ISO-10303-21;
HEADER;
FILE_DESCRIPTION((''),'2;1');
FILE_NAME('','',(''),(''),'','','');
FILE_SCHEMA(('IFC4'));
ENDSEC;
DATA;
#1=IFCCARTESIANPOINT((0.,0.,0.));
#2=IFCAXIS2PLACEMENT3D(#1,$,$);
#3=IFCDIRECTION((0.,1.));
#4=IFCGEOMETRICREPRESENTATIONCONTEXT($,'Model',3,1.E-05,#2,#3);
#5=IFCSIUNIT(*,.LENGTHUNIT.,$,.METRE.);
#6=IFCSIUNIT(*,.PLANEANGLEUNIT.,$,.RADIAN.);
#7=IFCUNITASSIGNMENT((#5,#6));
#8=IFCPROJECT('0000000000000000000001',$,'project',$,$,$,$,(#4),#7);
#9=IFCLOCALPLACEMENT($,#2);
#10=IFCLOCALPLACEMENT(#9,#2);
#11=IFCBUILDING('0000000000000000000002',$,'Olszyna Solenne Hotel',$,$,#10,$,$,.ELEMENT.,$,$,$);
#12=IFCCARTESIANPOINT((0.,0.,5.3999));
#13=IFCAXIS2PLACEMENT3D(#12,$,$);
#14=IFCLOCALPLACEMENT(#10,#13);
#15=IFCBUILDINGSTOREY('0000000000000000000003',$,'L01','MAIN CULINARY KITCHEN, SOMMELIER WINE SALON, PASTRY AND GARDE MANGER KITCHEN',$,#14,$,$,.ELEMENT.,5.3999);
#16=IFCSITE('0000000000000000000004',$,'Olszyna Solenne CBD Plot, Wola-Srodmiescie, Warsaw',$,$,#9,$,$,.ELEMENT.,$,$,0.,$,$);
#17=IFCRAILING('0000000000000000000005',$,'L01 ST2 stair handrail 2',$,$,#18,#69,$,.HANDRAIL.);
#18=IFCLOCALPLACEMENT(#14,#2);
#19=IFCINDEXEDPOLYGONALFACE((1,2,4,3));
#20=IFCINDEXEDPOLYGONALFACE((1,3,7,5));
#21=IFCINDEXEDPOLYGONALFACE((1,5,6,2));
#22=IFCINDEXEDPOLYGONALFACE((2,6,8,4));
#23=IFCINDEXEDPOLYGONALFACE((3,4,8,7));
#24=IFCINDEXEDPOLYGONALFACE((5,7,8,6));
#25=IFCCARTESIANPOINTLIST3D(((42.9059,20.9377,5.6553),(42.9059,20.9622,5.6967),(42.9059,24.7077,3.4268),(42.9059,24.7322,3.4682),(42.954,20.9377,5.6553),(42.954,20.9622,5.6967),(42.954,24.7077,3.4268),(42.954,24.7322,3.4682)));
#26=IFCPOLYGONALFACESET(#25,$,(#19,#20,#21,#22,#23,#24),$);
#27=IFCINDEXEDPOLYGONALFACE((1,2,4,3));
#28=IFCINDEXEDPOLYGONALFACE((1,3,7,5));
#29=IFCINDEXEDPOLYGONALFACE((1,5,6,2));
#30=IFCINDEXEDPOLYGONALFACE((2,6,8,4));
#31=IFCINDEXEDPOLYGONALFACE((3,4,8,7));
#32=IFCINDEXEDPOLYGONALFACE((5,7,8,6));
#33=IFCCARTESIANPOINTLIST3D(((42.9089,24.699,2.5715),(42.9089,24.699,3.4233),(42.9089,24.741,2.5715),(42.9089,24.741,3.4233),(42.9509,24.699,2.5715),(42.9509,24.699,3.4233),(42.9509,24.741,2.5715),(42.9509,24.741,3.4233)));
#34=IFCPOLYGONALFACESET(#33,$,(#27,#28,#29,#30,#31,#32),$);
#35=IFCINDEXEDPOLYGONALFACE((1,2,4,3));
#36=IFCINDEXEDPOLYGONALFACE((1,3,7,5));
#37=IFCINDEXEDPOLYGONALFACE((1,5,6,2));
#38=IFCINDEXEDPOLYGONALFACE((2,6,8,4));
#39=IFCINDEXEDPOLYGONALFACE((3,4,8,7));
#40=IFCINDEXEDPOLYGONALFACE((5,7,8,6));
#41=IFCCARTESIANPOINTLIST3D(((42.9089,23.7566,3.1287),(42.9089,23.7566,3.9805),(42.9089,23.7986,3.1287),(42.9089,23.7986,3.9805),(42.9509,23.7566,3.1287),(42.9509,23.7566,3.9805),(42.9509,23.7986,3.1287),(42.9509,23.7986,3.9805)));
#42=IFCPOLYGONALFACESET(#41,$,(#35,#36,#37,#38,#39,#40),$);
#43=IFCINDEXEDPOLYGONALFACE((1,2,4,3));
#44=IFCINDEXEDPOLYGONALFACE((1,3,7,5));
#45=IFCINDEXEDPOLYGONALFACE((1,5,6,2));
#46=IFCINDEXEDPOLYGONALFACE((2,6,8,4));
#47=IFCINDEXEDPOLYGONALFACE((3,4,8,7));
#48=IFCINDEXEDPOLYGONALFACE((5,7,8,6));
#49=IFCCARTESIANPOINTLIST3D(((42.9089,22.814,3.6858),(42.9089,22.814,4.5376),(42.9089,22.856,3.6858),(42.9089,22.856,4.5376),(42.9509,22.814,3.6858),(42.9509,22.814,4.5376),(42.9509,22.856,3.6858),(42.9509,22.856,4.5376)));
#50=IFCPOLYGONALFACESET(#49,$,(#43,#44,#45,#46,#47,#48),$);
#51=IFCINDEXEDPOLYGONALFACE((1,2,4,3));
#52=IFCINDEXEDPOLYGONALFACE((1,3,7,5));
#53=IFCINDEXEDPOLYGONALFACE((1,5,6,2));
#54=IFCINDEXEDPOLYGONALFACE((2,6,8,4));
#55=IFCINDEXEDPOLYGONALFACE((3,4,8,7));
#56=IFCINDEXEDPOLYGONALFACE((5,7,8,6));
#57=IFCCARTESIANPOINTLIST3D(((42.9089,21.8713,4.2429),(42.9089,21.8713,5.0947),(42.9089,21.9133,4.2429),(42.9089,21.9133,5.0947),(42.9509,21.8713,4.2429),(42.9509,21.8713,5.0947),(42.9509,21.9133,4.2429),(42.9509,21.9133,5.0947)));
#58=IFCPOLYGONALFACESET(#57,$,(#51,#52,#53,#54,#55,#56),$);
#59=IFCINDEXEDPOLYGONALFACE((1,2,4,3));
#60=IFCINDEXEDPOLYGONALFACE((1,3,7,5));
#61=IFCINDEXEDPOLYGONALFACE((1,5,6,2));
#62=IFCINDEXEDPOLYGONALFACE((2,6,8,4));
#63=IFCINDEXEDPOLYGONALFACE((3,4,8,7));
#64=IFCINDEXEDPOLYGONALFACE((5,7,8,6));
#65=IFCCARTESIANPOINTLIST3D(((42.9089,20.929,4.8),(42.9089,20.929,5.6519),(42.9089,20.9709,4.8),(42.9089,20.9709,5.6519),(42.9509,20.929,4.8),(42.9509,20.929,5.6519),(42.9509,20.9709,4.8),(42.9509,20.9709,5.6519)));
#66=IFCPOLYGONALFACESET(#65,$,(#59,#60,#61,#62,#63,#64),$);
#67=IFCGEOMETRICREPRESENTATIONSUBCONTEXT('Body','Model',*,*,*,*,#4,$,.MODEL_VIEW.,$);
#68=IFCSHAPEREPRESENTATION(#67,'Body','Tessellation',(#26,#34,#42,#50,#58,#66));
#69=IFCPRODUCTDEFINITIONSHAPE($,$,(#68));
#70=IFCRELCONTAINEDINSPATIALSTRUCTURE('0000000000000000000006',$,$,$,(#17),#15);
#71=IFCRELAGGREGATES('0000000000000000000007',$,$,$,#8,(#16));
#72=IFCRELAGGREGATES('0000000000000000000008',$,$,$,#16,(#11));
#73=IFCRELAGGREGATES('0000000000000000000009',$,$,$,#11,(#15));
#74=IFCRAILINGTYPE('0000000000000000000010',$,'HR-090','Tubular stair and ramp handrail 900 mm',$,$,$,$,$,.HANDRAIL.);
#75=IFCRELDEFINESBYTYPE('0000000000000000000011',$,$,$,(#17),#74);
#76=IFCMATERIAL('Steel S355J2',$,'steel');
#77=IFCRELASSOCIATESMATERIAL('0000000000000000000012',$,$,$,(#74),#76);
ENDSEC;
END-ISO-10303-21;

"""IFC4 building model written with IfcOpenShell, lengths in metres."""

from ifc_helpers import new_model, si_unit, direction, frame, origin, origin_2d, place, context, subcontext, project, spatial, rectangle, extrude, material, type_object, element, save


model = new_model("IFC4")

# Units and contexts
model_context = context("Model", 3, precision=1e-05, world=origin(), true_north=direction((0.0, 1.0)))
body_context = subcontext(model_context, "Body", "Model", "MODEL_VIEW")
ifc_project = project(units=[si_unit("LENGTHUNIT", "METRE"), si_unit("PLANEANGLEUNIT", "RADIAN")], contexts=[model_context])

# Site, building, storey
site_placement = place(None, origin())
site = spatial("IfcSite", under=ifc_project, at=site_placement, Name="Olszyna Solenne CBD Plot, Wola-Srodmiescie, Warsaw", CompositionType="ELEMENT", RefElevation=0.0)
building_placement = place(site_placement, origin())
building = spatial("IfcBuilding", under=site, at=building_placement, Name="Olszyna Solenne Hotel", CompositionType="ELEMENT")
storey_placement = place(building_placement, frame((0.0, 0.0, 5.3999)))
storey = spatial("IfcBuildingStorey", under=building, at=storey_placement, Name="L01", Description="MAIN CULINARY KITCHEN, SOMMELIER WINE SALON, PASTRY AND GARDE MANGER KITCHEN", CompositionType="ELEMENT", Elevation=5.3999)

# Shared definitions
ifc_material_1 = material(Name="Steel S355J2", Category="steel")

# Railing
railing_type = type_object("IfcRailingType", Name="HR-090", Description="Tubular stair and ramp handrail 900 mm", PredefinedType="HANDRAIL", material=ifc_material_1)
railing_placement = place(storey_placement, frame((42.9299, 24.72, 2.5715)))
element("IfcRailing", 1, at=railing_placement, inside=storey, type_object=railing_type, Name="L01 ST2 stair handrail 2", PredefinedType="HANDRAIL", context=body_context, shape_type="SweptSolid", body=[
    extrude(rectangle(XDim=0.0481, YDim=0.0481, at=origin_2d()), frame((0.0, 0.0, 0.876), z_axis=(0.0, -0.860849, 0.508861), x_axis=(1.0, 0.0, 0.0)), (0.0, 0.0, 1.0), 4.3794),
    extrude(rectangle(XDim=0.042, YDim=0.042, at=origin_2d()), origin(), (0.0, 0.0, 1.0), 0.8518),
    extrude(rectangle(XDim=0.042, YDim=0.042, at=origin_2d()), frame((0.0, -0.9424, 0.5571)), (0.0, 0.0, 1.0), 0.8518),
    extrude(rectangle(XDim=0.042, YDim=0.042, at=origin_2d()), frame((0.0, -1.885, 1.1143)), (0.0, 0.0, 1.0), 0.8518),
    extrude(rectangle(XDim=0.042, YDim=0.042, at=origin_2d()), frame((0.0, -2.8276, 1.6714)), (0.0, 0.0, 1.0), 0.8518),
    extrude(rectangle(XDim=0.042, YDim=0.042, at=origin_2d()), frame((0.0, -3.77, 2.2285)), (0.0, 0.0, 1.0), 0.8518),
])

save(model, "model.ifc")
